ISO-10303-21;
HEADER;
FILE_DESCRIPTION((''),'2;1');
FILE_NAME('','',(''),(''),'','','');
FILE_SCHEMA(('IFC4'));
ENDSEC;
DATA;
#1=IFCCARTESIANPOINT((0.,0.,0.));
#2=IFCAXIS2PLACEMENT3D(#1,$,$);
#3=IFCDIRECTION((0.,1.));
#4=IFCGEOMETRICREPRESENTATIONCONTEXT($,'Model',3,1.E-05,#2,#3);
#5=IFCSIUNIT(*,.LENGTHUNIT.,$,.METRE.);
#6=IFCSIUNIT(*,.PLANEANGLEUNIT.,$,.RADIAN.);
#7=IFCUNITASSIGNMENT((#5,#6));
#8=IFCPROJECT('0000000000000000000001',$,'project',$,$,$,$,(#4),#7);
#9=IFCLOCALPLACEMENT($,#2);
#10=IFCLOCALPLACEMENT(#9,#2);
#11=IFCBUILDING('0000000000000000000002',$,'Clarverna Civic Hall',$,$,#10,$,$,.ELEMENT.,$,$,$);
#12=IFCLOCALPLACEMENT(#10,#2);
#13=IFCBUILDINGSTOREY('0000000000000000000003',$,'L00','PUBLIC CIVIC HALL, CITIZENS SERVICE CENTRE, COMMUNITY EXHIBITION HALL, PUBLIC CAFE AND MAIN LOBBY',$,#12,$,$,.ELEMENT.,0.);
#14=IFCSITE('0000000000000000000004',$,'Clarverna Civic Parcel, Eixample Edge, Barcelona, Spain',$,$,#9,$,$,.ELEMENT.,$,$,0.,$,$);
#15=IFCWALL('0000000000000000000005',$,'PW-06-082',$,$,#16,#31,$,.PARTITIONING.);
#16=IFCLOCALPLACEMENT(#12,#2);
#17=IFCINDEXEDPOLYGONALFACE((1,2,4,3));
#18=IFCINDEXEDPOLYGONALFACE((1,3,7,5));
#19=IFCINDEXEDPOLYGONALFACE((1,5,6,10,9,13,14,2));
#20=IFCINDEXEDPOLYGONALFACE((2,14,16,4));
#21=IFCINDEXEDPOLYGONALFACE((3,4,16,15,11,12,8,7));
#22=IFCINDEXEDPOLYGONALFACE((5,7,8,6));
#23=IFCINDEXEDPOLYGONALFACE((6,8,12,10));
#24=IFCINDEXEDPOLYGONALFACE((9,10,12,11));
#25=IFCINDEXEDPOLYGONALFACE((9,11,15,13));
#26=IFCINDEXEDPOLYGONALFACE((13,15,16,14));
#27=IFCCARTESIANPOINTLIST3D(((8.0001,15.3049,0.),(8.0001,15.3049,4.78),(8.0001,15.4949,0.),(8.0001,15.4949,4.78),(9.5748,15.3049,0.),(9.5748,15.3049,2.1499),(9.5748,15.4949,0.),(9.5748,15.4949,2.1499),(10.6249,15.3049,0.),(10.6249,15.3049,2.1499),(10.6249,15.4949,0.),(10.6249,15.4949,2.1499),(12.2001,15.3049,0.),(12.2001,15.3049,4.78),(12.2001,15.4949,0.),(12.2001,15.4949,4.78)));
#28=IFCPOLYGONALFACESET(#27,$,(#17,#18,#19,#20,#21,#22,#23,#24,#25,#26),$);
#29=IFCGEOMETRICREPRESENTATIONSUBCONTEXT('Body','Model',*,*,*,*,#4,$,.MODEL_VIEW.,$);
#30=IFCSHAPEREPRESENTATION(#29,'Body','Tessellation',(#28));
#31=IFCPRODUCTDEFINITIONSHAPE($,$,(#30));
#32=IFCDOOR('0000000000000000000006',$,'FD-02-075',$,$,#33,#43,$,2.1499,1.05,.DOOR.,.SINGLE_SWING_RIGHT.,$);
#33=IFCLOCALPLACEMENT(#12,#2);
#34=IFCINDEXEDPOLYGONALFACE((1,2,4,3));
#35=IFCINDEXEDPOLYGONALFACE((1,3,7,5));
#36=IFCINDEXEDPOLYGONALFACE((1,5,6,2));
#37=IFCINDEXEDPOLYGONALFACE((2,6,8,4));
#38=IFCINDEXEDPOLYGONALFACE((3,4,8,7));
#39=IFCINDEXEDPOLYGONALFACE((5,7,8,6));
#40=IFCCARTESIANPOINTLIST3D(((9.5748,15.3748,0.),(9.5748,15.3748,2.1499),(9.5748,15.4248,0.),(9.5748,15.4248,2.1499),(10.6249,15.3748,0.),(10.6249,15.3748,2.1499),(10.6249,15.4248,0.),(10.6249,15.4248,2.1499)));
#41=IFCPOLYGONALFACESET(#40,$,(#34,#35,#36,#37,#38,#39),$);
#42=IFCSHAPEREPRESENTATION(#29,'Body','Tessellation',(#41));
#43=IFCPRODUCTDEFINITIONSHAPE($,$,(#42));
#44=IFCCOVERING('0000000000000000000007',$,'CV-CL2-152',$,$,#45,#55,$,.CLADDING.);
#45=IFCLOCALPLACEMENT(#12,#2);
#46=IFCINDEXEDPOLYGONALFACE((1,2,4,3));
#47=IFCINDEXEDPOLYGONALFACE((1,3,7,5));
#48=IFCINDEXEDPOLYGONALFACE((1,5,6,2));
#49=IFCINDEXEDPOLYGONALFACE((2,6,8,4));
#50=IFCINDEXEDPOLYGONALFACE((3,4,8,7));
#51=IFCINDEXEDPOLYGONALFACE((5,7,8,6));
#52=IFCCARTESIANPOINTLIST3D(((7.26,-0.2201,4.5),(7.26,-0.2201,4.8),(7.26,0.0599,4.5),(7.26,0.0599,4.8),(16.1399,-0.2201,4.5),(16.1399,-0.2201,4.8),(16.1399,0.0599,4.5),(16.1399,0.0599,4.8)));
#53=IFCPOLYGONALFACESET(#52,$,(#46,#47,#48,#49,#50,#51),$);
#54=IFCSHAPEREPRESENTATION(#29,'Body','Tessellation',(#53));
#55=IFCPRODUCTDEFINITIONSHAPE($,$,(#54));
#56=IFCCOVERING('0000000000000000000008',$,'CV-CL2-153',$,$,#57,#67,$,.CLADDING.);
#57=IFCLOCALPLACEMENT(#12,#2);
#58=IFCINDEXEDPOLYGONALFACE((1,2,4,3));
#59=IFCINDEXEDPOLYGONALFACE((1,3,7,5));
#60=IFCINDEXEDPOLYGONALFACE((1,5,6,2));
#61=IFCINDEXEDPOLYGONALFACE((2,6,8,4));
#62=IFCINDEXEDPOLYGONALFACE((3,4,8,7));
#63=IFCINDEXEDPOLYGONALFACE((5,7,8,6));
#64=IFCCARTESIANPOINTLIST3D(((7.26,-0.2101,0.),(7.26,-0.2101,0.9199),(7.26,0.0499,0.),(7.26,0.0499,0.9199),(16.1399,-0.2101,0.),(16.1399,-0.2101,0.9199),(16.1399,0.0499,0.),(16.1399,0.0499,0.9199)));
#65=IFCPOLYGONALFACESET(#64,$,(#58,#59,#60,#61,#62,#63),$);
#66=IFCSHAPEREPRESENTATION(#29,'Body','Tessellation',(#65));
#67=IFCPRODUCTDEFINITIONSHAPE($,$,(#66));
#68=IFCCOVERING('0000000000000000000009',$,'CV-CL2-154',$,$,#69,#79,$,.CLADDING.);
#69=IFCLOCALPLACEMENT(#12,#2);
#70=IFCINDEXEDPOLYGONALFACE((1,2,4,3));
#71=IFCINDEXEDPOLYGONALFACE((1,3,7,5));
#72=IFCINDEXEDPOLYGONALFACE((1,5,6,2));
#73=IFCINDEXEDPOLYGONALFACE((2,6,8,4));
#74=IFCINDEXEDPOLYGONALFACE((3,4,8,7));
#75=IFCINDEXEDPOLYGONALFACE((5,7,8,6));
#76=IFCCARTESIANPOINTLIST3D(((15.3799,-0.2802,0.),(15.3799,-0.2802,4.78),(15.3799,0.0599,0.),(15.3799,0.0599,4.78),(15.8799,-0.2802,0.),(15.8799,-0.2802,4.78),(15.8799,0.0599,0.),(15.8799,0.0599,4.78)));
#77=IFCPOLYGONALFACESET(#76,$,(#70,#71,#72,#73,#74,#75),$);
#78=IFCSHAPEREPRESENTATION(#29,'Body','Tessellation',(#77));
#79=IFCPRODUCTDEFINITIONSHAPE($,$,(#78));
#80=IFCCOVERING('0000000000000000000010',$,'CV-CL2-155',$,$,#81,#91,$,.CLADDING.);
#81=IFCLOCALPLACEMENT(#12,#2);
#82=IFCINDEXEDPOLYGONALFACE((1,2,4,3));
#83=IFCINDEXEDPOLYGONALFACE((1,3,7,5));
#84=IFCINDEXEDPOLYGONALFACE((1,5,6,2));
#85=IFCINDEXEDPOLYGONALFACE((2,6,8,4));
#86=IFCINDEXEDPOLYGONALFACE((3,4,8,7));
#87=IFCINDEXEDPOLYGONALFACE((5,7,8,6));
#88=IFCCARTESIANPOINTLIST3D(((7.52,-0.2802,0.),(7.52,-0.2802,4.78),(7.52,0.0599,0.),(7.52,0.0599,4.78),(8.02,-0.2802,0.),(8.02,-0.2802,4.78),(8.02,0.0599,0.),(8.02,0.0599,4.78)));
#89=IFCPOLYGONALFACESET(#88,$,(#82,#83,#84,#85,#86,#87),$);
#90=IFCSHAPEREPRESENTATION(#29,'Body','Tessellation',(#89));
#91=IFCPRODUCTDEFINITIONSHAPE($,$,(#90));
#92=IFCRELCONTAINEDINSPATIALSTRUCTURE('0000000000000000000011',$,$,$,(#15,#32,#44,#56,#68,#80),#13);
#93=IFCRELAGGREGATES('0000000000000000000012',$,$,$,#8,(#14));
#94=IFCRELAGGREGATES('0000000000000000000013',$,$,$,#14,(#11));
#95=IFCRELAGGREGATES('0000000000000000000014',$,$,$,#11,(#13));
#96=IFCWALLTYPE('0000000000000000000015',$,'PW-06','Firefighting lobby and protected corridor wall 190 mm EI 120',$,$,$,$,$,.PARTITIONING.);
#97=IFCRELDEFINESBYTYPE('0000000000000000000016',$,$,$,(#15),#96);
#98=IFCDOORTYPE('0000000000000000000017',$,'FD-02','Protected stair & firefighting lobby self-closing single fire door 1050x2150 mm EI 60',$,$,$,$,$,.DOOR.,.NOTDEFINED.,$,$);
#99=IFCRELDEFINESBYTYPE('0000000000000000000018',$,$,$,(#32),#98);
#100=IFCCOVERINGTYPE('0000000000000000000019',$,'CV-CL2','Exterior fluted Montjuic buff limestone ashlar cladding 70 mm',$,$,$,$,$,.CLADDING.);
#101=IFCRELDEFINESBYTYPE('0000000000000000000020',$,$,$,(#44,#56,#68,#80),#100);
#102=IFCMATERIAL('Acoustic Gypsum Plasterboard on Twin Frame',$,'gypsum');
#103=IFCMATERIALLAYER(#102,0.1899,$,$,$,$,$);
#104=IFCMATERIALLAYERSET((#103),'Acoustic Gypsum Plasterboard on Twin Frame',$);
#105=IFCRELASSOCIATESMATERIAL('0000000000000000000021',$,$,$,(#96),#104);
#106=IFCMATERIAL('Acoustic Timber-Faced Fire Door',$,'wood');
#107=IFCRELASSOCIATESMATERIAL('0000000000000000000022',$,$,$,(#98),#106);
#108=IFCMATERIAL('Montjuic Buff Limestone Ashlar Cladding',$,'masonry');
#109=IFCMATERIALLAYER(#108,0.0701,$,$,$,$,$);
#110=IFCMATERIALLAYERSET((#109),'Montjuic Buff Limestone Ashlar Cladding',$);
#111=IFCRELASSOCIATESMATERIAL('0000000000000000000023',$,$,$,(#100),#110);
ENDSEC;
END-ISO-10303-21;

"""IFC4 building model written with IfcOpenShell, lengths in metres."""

from ifc_helpers import new_model, si_unit, direction, frame, frame_2d, origin, place, context, subcontext, project, spatial, rectangle, extrude, material, layer, layer_set, type_object, element, fill, save


model = new_model("IFC4")

# Units and contexts
model_context = context("Model", 3, precision=1e-05, world=origin(), true_north=direction((0.0, 1.0)))
body_context = subcontext(model_context, "Body", "Model", "MODEL_VIEW")
ifc_project = project(units=[si_unit("LENGTHUNIT", "METRE"), si_unit("PLANEANGLEUNIT", "RADIAN")], contexts=[model_context])

# Site, building, storey
site_placement = place(None, origin())
site = spatial("IfcSite", under=ifc_project, at=site_placement, Name="Clarverna Civic Parcel, Eixample Edge, Barcelona, Spain", CompositionType="ELEMENT", RefElevation=0.0)
building_placement = place(site_placement, origin())
building = spatial("IfcBuilding", under=site, at=building_placement, Name="Clarverna Civic Hall", CompositionType="ELEMENT")
storey_placement = place(building_placement, origin())
storey = spatial("IfcBuildingStorey", under=building, at=storey_placement, Name="L00", Description="PUBLIC CIVIC HALL, CITIZENS SERVICE CENTRE, COMMUNITY EXHIBITION HALL, PUBLIC CAFE AND MAIN LOBBY", CompositionType="ELEMENT", Elevation=0.0)

# Shared definitions
ifc_material_1 = material(Name="Acoustic Gypsum Plasterboard on Twin Frame", Category="gypsum")
ifc_layer_1 = layer(ifc_material_1, 0.1899)
ifc_layer_set_1 = layer_set([ifc_layer_1], Name="Acoustic Gypsum Plasterboard on Twin Frame")
wall_type_1 = type_object("IfcWallType", Name="PW-06", Description="Firefighting lobby and protected corridor wall 190 mm EI 120", PredefinedType="PARTITIONING", material=ifc_layer_set_1)

# Wall, opening, door
wall_1_placement = place(storey_placement, frame((8.0, 15.3999, 0.0), z_axis=(0.0, 0.0, 1.0), x_axis=(1.0, 0.0, 0.0)))
wall_1 = element("IfcWall", 1, at=wall_1_placement, inside=storey, type_object=wall_type_1, Name="PW-06-082", PredefinedType="PARTITIONING", context=body_context, shape_type="SweptSolid", body=[
    extrude(rectangle(XDim=4.2, YDim=0.1899, at=frame_2d((2.1001, 0.0))), origin(), (0.0, 0.0, 1.0), 4.78),
])
opening_1_placement = place(wall_1_placement, frame((1.575, 0.0, 0.0)))
opening_1 = element("IfcOpeningElement", 2, at=opening_1_placement, cuts=wall_1, PredefinedType="OPENING", context=body_context, shape_type="SweptSolid", body=[
    extrude(rectangle(XDim=1.05, YDim=2.1499, at=frame_2d((0.5249, 1.075))), frame((0.0, 0.105, 0.0), z_axis=(0.0, -1.0, 0.0), x_axis=(1.0, 0.0, 0.0)), (0.0, 0.0, 1.0), 0.21),
])
ifc_material_2 = material(Name="Acoustic Timber-Faced Fire Door", Category="wood")
door_type_1 = type_object("IfcDoorType", Name="FD-02", Description="Protected stair & firefighting lobby self-closing single fire door 1050x2150 mm EI 60", OperationType="NOTDEFINED", PredefinedType="DOOR", material=ifc_material_2)
door_1_placement = place(opening_1_placement, origin())
door_1 = element("IfcDoor", 3, at=door_1_placement, inside=storey, type_object=door_type_1, Name="FD-02-075", OperationType="SINGLE_SWING_RIGHT", OverallHeight=2.1499, OverallWidth=1.05, PredefinedType="DOOR", context=body_context, shape_type="SweptSolid", body=[
    extrude(rectangle(XDim=1.05, YDim=2.1499, at=frame_2d((0.5249, 1.075))), frame((0.0, 0.0249, 0.0), z_axis=(0.0, -1.0, 0.0), x_axis=(1.0, 0.0, 0.0)), (0.0, 0.0, 1.0), 0.05),
])
fill(opening_1, door_1)

# Coverings
ifc_material_3 = material(Name="Montjuic Buff Limestone Ashlar Cladding", Category="masonry")
ifc_layer_2 = layer(ifc_material_3, 0.0701)
ifc_layer_set_2 = layer_set([ifc_layer_2], Name="Montjuic Buff Limestone Ashlar Cladding")
covering_type = type_object("IfcCoveringType", Name="CV-CL2", Description="Exterior fluted Montjuic buff limestone ashlar cladding 70 mm", PredefinedType="CLADDING", material=ifc_layer_set_2)
covering_1_placement = place(storey_placement, frame((16.1399, -0.0801, 4.5), z_axis=(0.0, 0.0, 1.0), x_axis=(-1.0, 0.0, 0.0)))
element("IfcCovering", 4, at=covering_1_placement, inside=storey, type_object=covering_type, Name="CV-CL2-152", PredefinedType="CLADDING", context=body_context, shape_type="SweptSolid", body=[
    extrude(rectangle(XDim=8.8799, YDim=0.28, at=frame_2d((4.4399, 0.0))), origin(), (0.0, 0.0, 1.0), 0.3),
])
covering_2_placement = place(storey_placement, frame((16.1399, -0.0801, 0.0), z_axis=(0.0, 0.0, 1.0), x_axis=(-1.0, 0.0, 0.0)))
element("IfcCovering", 5, at=covering_2_placement, inside=storey, type_object=covering_type, Name="CV-CL2-153", PredefinedType="CLADDING", context=body_context, shape_type="SweptSolid", body=[
    extrude(rectangle(XDim=8.8799, YDim=0.26, at=frame_2d((4.4399, 0.0))), origin(), (0.0, 0.0, 1.0), 0.9199),
])
for number, where, z_axis, x_axis, name in (
    (6, (15.8799, -0.1101, 0.0), (0.0, 0.0, 1.0), (-1.0, 0.0, 0.0), "CV-CL2-154"),
    (7, (8.02, -0.1101, 0.0), (0.0, 0.0, 1.0), (-1.0, 0.0, 0.0), "CV-CL2-155"),
):
    element("IfcCovering", number, at=place(storey_placement, frame(where, z_axis=z_axis, x_axis=x_axis)), inside=storey, type_object=covering_type, Name=name, PredefinedType="CLADDING", context=body_context, shape_type="SweptSolid", body=[
        extrude(rectangle(XDim=0.5, YDim=0.3401, at=frame_2d((0.25, 0.0))), origin(), (0.0, 0.0, 1.0), 4.78),
    ])

save(model, "model.ifc")
